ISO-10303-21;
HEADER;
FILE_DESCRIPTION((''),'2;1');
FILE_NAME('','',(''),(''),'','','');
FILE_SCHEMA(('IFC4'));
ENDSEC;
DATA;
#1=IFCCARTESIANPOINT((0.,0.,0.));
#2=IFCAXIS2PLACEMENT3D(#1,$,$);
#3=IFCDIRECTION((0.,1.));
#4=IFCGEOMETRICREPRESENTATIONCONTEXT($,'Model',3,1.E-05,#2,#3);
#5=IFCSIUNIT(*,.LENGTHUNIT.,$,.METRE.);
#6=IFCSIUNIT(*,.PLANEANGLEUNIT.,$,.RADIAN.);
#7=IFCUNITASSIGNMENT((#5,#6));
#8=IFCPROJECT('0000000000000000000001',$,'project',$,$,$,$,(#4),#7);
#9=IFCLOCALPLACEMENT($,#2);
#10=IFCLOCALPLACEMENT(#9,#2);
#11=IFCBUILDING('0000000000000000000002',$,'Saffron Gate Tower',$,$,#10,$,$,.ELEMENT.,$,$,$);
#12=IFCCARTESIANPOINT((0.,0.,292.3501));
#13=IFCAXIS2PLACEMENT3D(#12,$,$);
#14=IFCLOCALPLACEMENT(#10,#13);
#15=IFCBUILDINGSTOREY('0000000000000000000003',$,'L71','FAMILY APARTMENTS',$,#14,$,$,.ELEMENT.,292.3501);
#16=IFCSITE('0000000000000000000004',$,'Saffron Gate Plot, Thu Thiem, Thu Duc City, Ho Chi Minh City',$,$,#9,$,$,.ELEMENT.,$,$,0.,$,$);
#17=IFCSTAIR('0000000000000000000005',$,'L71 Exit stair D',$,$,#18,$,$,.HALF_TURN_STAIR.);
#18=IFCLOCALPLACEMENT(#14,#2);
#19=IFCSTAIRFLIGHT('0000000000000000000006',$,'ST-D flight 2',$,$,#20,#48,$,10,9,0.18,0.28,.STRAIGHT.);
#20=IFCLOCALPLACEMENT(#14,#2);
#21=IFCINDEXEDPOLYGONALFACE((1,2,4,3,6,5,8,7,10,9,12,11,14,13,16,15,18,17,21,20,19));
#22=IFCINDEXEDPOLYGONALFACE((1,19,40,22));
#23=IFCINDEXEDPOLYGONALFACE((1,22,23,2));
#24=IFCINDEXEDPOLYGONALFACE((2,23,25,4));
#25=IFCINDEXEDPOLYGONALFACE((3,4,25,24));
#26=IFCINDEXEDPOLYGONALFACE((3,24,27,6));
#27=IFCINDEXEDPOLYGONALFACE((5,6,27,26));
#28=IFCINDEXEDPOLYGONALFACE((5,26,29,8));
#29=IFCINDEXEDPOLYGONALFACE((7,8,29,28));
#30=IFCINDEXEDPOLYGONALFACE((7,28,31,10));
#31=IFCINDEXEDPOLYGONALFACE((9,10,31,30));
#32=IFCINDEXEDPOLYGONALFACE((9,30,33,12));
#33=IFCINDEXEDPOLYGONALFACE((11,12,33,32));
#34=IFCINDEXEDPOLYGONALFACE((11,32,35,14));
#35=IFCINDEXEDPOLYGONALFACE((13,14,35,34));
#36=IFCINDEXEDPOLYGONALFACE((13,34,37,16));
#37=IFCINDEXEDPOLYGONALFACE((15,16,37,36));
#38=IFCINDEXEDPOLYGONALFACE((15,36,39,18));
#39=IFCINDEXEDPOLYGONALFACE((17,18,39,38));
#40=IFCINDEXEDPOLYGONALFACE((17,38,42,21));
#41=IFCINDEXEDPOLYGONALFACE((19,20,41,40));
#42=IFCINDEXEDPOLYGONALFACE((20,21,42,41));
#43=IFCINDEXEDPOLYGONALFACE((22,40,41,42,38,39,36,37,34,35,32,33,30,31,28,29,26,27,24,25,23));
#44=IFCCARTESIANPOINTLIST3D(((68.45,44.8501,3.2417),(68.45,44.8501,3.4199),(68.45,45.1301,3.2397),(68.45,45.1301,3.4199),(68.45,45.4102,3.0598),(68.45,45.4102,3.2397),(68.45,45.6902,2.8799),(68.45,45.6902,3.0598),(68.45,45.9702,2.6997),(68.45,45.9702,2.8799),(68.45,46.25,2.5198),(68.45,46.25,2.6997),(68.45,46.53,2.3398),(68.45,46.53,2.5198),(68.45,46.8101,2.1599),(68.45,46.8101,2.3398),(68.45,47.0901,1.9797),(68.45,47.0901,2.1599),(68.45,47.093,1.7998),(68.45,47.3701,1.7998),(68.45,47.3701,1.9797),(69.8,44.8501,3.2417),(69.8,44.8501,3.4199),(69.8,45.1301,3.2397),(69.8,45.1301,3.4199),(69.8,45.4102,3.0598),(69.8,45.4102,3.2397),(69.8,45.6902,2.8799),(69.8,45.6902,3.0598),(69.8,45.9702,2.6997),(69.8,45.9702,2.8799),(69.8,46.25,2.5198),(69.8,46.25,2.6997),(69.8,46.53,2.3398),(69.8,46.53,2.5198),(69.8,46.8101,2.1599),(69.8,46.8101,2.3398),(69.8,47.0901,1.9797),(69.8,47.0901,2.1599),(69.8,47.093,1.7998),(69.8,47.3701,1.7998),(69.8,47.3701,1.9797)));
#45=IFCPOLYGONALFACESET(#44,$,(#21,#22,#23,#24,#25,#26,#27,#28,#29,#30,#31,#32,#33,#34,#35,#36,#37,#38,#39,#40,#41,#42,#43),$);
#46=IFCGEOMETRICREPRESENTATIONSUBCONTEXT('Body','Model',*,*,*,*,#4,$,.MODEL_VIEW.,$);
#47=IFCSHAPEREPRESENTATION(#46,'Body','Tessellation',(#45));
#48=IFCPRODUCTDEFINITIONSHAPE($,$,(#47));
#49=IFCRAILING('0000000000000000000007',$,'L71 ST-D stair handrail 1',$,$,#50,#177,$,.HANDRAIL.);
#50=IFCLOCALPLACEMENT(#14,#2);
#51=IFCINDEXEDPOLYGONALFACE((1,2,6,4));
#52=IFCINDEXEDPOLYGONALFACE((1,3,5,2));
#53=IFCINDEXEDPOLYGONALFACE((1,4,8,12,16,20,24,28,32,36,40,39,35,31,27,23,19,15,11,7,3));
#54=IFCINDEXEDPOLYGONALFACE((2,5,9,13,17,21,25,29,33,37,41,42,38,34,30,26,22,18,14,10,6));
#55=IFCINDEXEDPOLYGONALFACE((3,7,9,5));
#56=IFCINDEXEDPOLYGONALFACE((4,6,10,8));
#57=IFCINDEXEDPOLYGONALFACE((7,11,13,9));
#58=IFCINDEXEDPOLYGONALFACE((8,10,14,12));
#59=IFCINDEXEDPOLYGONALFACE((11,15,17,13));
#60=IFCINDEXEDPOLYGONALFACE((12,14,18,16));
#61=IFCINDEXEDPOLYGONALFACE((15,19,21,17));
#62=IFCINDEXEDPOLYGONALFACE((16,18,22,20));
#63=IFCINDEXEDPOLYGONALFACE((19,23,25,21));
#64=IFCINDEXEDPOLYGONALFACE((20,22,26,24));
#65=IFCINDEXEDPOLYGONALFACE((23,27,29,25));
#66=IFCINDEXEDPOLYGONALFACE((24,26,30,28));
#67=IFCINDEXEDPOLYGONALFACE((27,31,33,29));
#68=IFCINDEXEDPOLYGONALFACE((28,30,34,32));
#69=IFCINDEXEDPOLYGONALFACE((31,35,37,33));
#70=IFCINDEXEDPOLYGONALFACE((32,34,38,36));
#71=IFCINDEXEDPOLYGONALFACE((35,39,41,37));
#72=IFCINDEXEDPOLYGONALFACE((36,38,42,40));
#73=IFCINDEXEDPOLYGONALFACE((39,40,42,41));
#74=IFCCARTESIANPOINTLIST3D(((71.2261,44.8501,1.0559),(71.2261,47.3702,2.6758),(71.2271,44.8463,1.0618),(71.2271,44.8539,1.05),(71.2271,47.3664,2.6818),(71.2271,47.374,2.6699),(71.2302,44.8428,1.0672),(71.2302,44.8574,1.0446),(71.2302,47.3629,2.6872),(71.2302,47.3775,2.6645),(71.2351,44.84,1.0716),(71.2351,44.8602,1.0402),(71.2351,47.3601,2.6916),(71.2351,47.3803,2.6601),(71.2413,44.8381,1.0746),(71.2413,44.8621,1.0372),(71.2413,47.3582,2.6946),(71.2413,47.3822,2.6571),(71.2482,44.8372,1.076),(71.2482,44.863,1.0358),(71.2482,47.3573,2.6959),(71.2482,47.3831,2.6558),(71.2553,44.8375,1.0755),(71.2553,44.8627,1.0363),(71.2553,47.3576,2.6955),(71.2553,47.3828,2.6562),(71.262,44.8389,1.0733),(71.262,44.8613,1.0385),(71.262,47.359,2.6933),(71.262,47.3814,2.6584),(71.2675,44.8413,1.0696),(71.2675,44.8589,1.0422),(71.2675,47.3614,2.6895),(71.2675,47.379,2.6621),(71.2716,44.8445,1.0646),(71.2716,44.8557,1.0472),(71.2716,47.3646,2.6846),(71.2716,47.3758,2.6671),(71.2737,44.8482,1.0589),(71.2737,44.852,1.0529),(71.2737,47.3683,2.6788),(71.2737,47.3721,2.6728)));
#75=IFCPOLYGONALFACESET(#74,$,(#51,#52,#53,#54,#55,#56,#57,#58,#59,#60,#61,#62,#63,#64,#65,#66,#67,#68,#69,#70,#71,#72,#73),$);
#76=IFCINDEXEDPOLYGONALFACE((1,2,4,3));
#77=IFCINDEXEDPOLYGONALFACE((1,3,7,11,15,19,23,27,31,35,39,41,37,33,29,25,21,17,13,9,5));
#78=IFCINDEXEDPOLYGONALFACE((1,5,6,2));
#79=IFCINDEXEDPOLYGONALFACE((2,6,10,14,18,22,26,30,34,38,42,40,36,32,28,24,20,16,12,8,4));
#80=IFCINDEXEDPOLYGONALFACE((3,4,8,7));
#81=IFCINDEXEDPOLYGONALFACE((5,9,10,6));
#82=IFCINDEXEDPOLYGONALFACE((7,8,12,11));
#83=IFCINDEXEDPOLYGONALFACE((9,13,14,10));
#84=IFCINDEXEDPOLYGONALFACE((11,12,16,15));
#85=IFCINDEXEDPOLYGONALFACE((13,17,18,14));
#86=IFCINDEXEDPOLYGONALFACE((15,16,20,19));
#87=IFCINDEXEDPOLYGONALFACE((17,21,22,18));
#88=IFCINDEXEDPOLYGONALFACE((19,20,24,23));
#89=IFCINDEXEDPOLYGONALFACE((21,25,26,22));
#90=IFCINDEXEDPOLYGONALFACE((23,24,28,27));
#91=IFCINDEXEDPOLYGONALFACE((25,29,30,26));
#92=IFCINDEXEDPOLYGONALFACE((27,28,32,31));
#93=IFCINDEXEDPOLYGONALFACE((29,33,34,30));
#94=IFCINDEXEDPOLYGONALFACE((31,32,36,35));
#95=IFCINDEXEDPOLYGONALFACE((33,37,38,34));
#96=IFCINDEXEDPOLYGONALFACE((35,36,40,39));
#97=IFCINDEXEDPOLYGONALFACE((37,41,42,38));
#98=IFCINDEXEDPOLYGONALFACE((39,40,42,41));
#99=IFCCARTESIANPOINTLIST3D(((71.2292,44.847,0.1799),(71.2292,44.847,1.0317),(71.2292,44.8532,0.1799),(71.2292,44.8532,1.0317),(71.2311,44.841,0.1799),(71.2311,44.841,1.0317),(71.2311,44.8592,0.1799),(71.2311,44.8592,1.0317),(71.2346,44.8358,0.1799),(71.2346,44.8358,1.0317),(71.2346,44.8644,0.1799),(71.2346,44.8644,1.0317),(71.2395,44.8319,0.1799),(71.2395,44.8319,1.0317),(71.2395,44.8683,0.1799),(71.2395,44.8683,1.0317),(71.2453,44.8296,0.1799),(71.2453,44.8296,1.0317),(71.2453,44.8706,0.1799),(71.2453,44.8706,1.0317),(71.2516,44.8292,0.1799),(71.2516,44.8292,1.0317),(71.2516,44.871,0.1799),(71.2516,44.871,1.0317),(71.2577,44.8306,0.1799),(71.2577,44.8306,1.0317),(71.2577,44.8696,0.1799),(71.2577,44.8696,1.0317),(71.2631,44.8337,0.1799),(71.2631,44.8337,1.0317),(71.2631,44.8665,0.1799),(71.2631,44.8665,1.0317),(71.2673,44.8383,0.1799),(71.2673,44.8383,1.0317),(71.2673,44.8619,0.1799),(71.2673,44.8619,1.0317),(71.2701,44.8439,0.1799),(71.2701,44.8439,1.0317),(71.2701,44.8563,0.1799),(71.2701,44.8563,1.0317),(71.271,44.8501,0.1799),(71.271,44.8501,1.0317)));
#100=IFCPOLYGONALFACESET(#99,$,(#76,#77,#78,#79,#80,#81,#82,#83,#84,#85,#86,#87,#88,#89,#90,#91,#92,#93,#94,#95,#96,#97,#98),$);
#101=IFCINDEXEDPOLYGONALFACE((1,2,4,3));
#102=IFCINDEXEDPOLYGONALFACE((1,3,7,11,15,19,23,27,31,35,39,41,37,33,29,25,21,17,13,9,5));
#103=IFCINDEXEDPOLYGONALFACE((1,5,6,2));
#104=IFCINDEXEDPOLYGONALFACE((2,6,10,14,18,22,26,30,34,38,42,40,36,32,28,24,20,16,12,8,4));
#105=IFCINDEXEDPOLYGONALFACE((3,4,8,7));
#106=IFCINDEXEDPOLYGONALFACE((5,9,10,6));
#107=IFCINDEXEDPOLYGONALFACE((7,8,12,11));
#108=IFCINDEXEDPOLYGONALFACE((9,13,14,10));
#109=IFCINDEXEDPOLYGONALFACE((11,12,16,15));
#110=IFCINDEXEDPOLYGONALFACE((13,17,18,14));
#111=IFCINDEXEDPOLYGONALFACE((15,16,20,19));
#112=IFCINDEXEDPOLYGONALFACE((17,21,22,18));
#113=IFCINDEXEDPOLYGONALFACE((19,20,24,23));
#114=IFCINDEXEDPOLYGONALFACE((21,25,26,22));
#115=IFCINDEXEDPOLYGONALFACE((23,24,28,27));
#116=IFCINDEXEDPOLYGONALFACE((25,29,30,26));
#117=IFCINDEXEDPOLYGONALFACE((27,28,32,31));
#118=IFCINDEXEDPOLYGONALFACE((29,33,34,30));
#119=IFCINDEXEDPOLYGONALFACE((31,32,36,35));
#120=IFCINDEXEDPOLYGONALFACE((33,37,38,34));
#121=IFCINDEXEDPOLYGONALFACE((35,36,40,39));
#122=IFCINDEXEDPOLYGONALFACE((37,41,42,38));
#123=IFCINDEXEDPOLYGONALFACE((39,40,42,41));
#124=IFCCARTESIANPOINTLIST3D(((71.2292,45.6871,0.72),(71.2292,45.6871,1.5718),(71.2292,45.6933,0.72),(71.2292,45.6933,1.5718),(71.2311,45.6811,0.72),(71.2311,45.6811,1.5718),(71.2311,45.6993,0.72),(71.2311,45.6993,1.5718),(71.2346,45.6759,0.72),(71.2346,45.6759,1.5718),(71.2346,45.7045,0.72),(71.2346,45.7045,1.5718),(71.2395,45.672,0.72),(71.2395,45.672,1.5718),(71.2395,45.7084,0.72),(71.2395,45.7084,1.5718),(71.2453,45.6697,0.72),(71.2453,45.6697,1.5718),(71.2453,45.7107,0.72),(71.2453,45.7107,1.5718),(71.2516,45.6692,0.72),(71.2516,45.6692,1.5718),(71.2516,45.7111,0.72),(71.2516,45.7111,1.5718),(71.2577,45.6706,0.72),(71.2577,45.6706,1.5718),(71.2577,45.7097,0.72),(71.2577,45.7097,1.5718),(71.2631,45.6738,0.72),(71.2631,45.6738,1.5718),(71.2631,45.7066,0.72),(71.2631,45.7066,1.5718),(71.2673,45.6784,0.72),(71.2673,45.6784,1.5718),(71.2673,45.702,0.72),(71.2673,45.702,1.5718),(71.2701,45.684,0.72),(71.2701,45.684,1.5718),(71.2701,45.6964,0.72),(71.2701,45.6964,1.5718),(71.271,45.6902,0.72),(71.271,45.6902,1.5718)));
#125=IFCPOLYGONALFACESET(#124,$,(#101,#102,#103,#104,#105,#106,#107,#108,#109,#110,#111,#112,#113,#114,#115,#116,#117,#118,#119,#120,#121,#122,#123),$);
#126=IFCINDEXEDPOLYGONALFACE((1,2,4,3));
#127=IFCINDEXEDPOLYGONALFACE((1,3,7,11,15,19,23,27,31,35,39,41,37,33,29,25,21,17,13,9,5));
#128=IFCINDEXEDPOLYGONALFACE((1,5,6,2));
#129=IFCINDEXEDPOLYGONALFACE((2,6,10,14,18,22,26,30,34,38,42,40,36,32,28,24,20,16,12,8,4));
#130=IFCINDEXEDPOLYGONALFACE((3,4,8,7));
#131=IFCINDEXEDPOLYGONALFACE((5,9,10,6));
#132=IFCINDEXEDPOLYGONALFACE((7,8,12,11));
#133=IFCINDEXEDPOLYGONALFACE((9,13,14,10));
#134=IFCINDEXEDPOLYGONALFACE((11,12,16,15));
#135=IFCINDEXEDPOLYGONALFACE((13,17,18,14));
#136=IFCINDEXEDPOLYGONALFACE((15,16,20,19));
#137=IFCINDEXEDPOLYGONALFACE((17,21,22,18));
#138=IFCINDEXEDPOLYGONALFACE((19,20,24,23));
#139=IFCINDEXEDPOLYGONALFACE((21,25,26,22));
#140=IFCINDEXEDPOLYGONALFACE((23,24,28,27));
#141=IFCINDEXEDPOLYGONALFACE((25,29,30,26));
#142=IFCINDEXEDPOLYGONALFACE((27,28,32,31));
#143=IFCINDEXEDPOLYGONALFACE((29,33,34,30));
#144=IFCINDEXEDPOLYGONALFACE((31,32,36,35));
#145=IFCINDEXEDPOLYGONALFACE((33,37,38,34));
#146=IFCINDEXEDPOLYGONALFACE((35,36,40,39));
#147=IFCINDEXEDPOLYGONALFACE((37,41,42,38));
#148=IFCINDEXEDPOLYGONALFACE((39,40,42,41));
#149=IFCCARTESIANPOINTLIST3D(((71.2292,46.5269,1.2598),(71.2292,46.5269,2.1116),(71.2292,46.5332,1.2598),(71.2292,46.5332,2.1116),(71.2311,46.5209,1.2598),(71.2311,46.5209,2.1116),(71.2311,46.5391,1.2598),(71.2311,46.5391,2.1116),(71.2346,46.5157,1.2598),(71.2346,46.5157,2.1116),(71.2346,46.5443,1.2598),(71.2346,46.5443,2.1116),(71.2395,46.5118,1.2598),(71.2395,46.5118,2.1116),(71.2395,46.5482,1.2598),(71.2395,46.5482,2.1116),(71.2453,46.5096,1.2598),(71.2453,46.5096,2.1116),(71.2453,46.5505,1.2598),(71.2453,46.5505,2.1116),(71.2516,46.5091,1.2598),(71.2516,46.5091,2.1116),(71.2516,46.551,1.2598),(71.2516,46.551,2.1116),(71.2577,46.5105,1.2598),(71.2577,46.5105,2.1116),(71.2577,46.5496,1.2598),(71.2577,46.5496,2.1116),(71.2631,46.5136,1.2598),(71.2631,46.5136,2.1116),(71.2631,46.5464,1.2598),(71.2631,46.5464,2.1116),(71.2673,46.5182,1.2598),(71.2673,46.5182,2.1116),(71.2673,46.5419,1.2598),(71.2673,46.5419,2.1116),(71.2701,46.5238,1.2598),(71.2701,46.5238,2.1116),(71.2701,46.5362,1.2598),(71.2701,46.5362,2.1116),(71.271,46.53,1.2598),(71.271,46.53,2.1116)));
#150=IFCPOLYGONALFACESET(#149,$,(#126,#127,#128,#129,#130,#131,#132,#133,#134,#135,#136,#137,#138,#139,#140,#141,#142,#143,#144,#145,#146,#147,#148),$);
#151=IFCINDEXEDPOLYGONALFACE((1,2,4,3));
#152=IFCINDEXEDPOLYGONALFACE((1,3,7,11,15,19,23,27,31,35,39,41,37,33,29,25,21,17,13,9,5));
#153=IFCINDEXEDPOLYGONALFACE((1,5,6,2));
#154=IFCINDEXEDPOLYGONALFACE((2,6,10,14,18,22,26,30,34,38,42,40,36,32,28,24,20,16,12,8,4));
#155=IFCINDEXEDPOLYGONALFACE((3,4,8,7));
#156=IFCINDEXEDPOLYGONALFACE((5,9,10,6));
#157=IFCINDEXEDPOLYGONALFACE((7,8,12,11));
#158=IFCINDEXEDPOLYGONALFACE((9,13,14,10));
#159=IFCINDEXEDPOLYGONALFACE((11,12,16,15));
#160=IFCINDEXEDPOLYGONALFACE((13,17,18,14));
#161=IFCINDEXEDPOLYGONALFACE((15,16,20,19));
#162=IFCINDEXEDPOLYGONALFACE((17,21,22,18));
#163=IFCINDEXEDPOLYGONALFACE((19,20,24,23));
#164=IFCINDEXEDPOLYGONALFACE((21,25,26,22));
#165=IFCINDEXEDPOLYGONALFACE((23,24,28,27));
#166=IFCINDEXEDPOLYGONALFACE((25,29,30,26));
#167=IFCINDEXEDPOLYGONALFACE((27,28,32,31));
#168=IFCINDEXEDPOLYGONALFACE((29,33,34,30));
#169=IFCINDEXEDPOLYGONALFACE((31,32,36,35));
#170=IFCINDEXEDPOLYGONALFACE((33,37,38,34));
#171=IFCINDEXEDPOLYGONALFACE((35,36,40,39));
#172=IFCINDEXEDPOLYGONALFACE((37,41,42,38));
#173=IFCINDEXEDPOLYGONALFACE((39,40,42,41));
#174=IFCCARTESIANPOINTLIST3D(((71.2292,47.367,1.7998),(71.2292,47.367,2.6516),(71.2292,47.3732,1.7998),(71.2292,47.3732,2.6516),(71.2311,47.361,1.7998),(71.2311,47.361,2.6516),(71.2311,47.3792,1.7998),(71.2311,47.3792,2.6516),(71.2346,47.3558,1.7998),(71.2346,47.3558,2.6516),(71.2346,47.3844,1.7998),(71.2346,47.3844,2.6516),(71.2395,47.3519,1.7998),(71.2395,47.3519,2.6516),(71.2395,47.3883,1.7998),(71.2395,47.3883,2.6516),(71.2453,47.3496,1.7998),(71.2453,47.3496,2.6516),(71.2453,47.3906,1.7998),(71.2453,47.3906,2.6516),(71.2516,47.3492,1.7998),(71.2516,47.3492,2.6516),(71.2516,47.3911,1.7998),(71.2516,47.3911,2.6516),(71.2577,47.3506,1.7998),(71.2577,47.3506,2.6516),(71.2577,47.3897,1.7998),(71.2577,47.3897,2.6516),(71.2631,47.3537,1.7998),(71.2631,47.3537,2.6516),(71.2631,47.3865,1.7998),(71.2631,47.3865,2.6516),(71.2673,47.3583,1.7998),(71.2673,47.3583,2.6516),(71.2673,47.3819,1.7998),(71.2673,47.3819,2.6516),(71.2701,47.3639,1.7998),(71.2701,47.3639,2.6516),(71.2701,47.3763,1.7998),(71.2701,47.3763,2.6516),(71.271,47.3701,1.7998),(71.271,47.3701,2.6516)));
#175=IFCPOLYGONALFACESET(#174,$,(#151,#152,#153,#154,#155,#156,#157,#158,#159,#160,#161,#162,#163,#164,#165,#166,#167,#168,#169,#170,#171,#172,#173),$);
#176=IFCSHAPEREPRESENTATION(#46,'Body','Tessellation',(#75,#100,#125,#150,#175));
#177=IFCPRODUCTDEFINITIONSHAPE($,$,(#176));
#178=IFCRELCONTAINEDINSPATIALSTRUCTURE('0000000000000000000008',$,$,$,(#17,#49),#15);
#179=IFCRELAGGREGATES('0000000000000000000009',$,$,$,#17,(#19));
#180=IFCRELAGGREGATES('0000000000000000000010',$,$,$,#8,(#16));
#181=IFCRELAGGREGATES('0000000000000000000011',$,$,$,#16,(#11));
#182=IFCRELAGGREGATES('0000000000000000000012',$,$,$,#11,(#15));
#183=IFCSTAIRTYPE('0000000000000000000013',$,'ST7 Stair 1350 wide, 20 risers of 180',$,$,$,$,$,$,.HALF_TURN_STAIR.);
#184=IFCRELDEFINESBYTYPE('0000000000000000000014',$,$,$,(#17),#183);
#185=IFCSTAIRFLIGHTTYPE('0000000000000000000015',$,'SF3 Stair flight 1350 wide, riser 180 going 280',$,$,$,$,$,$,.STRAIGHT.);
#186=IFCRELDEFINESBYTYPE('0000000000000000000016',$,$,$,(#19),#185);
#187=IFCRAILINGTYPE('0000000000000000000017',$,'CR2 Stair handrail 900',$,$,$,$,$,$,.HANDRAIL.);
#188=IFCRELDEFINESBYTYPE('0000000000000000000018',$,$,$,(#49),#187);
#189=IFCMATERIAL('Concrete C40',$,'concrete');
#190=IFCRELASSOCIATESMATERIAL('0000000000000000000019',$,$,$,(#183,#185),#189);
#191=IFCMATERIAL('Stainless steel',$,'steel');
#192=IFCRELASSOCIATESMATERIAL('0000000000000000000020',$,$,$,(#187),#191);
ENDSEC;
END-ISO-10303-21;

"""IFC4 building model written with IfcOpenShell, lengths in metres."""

from ifc_helpers import new_model, si_unit, direction, frame, origin, origin_2d, place, context, subcontext, project, spatial, polyline, circle, outline, extrude, material, type_object, element, aggregate, save


model = new_model("IFC4")

# Units and contexts
model_context = context("Model", 3, precision=1e-05, world=origin(), true_north=direction((0.0, 1.0)))
body_context = subcontext(model_context, "Body", "Model", "MODEL_VIEW")
ifc_project = project(units=[si_unit("LENGTHUNIT", "METRE"), si_unit("PLANEANGLEUNIT", "RADIAN")], contexts=[model_context])

# Site, building, storey
site_placement = place(None, origin())
site = spatial("IfcSite", under=ifc_project, at=site_placement, Name="Saffron Gate Plot, Thu Thiem, Thu Duc City, Ho Chi Minh City", CompositionType="ELEMENT", RefElevation=0.0)
building_placement = place(site_placement, origin())
building = spatial("IfcBuilding", under=site, at=building_placement, Name="Saffron Gate Tower", CompositionType="ELEMENT")
storey_placement = place(building_placement, frame((0.0, 0.0, 292.3501)))
storey = spatial("IfcBuildingStorey", under=building, at=storey_placement, Name="L71", Description="FAMILY APARTMENTS", CompositionType="ELEMENT", Elevation=292.3501)

# Stair, stair flight
ifc_material_1 = material(Name="Concrete C40", Category="concrete")
stair_type = type_object("IfcStairType", Name="ST7 Stair 1350 wide, 20 risers of 180", PredefinedType="HALF_TURN_STAIR", material=ifc_material_1)
stair_placement = place(storey_placement, origin())
stair = element("IfcStair", 1, at=stair_placement, inside=storey, type_object=stair_type, Name="L71 Exit stair D", PredefinedType="HALF_TURN_STAIR")
stair_flight_type = type_object("IfcStairFlightType", Name="SF3 Stair flight 1350 wide, riser 180 going 280", PredefinedType="STRAIGHT", material=ifc_material_1)
stair_flight_1_placement = place(storey_placement, frame((69.125, 47.3701, 1.7998), z_axis=(0.0, 0.0, 1.0), x_axis=(0.0, -1.0, 0.0)))
stair_flight_1 = element("IfcStairFlight", 2, at=stair_flight_1_placement, type_object=stair_flight_type, Name="ST-D flight 2", NumberOfRisers=10, NumberOfTreads=9, PredefinedType="STRAIGHT", RiserHeight=0.18, TreadLength=0.28, context=body_context, shape_type="SweptSolid", body=[
    extrude(outline(polyline([(0.0, 0.0), (0.0, 0.1799), (0.28, 0.1799), (0.28, 0.3601), (0.5601, 0.3601), (0.5601, 0.54), (0.8401, 0.54), (0.8401, 0.72), (1.1201, 0.72), (1.1201, 0.8999), (1.3999, 0.8999), (1.3999, 1.0801), (1.6799, 1.0801), (1.6799, 1.26), (1.96, 1.26), (1.96, 1.4399), (2.24, 1.4399), (2.24, 1.6201), (2.52, 1.6201), (2.52, 1.8), (2.52, 1.4419), (0.2771, 0.0), (0.0, 0.0)])), frame((0.0, 0.675, 0.0), z_axis=(0.0, -1.0, 0.0), x_axis=(1.0, 0.0, 0.0)), (0.0, 0.0, 1.0), 1.3501),
])
aggregate(stair, [stair_flight_1])

# Railing
ifc_material_2 = material(Name="Stainless steel", Category="steel")
railing_type_1 = type_object("IfcRailingType", Name="CR2 Stair handrail 900", PredefinedType="HANDRAIL", material=ifc_material_2)
railing_1_placement = place(storey_placement, frame((71.25, 44.8501, 0.1799)))
element("IfcRailing", 3, at=railing_1_placement, inside=storey, type_object=railing_type_1, Name="L71 ST-D stair handrail 1", PredefinedType="HANDRAIL", context=body_context, shape_type="SweptSolid", body=[
    extrude(circle(Radius=0.0239, at=origin_2d()), frame((0.0, 0.0, 0.876), z_axis=(0.0, 0.8412, 0.540725), x_axis=(-1.0, 0.0, 0.0)), (0.0, 0.0, 1.0), 2.9958),
    extrude(circle(Radius=0.021, at=origin_2d()), origin(), (0.0, 0.0, 1.0), 0.8518),
    extrude(circle(Radius=0.021, at=origin_2d()), frame((0.0, 0.8401, 0.54)), (0.0, 0.0, 1.0), 0.8518),
    extrude(circle(Radius=0.021, at=origin_2d()), frame((0.0, 1.6799, 1.0798)), (0.0, 0.0, 1.0), 0.8518),
    extrude(circle(Radius=0.021, at=origin_2d()), frame((0.0, 2.52, 1.6199)), (0.0, 0.0, 1.0), 0.8518),
])

save(model, "model.ifc")
